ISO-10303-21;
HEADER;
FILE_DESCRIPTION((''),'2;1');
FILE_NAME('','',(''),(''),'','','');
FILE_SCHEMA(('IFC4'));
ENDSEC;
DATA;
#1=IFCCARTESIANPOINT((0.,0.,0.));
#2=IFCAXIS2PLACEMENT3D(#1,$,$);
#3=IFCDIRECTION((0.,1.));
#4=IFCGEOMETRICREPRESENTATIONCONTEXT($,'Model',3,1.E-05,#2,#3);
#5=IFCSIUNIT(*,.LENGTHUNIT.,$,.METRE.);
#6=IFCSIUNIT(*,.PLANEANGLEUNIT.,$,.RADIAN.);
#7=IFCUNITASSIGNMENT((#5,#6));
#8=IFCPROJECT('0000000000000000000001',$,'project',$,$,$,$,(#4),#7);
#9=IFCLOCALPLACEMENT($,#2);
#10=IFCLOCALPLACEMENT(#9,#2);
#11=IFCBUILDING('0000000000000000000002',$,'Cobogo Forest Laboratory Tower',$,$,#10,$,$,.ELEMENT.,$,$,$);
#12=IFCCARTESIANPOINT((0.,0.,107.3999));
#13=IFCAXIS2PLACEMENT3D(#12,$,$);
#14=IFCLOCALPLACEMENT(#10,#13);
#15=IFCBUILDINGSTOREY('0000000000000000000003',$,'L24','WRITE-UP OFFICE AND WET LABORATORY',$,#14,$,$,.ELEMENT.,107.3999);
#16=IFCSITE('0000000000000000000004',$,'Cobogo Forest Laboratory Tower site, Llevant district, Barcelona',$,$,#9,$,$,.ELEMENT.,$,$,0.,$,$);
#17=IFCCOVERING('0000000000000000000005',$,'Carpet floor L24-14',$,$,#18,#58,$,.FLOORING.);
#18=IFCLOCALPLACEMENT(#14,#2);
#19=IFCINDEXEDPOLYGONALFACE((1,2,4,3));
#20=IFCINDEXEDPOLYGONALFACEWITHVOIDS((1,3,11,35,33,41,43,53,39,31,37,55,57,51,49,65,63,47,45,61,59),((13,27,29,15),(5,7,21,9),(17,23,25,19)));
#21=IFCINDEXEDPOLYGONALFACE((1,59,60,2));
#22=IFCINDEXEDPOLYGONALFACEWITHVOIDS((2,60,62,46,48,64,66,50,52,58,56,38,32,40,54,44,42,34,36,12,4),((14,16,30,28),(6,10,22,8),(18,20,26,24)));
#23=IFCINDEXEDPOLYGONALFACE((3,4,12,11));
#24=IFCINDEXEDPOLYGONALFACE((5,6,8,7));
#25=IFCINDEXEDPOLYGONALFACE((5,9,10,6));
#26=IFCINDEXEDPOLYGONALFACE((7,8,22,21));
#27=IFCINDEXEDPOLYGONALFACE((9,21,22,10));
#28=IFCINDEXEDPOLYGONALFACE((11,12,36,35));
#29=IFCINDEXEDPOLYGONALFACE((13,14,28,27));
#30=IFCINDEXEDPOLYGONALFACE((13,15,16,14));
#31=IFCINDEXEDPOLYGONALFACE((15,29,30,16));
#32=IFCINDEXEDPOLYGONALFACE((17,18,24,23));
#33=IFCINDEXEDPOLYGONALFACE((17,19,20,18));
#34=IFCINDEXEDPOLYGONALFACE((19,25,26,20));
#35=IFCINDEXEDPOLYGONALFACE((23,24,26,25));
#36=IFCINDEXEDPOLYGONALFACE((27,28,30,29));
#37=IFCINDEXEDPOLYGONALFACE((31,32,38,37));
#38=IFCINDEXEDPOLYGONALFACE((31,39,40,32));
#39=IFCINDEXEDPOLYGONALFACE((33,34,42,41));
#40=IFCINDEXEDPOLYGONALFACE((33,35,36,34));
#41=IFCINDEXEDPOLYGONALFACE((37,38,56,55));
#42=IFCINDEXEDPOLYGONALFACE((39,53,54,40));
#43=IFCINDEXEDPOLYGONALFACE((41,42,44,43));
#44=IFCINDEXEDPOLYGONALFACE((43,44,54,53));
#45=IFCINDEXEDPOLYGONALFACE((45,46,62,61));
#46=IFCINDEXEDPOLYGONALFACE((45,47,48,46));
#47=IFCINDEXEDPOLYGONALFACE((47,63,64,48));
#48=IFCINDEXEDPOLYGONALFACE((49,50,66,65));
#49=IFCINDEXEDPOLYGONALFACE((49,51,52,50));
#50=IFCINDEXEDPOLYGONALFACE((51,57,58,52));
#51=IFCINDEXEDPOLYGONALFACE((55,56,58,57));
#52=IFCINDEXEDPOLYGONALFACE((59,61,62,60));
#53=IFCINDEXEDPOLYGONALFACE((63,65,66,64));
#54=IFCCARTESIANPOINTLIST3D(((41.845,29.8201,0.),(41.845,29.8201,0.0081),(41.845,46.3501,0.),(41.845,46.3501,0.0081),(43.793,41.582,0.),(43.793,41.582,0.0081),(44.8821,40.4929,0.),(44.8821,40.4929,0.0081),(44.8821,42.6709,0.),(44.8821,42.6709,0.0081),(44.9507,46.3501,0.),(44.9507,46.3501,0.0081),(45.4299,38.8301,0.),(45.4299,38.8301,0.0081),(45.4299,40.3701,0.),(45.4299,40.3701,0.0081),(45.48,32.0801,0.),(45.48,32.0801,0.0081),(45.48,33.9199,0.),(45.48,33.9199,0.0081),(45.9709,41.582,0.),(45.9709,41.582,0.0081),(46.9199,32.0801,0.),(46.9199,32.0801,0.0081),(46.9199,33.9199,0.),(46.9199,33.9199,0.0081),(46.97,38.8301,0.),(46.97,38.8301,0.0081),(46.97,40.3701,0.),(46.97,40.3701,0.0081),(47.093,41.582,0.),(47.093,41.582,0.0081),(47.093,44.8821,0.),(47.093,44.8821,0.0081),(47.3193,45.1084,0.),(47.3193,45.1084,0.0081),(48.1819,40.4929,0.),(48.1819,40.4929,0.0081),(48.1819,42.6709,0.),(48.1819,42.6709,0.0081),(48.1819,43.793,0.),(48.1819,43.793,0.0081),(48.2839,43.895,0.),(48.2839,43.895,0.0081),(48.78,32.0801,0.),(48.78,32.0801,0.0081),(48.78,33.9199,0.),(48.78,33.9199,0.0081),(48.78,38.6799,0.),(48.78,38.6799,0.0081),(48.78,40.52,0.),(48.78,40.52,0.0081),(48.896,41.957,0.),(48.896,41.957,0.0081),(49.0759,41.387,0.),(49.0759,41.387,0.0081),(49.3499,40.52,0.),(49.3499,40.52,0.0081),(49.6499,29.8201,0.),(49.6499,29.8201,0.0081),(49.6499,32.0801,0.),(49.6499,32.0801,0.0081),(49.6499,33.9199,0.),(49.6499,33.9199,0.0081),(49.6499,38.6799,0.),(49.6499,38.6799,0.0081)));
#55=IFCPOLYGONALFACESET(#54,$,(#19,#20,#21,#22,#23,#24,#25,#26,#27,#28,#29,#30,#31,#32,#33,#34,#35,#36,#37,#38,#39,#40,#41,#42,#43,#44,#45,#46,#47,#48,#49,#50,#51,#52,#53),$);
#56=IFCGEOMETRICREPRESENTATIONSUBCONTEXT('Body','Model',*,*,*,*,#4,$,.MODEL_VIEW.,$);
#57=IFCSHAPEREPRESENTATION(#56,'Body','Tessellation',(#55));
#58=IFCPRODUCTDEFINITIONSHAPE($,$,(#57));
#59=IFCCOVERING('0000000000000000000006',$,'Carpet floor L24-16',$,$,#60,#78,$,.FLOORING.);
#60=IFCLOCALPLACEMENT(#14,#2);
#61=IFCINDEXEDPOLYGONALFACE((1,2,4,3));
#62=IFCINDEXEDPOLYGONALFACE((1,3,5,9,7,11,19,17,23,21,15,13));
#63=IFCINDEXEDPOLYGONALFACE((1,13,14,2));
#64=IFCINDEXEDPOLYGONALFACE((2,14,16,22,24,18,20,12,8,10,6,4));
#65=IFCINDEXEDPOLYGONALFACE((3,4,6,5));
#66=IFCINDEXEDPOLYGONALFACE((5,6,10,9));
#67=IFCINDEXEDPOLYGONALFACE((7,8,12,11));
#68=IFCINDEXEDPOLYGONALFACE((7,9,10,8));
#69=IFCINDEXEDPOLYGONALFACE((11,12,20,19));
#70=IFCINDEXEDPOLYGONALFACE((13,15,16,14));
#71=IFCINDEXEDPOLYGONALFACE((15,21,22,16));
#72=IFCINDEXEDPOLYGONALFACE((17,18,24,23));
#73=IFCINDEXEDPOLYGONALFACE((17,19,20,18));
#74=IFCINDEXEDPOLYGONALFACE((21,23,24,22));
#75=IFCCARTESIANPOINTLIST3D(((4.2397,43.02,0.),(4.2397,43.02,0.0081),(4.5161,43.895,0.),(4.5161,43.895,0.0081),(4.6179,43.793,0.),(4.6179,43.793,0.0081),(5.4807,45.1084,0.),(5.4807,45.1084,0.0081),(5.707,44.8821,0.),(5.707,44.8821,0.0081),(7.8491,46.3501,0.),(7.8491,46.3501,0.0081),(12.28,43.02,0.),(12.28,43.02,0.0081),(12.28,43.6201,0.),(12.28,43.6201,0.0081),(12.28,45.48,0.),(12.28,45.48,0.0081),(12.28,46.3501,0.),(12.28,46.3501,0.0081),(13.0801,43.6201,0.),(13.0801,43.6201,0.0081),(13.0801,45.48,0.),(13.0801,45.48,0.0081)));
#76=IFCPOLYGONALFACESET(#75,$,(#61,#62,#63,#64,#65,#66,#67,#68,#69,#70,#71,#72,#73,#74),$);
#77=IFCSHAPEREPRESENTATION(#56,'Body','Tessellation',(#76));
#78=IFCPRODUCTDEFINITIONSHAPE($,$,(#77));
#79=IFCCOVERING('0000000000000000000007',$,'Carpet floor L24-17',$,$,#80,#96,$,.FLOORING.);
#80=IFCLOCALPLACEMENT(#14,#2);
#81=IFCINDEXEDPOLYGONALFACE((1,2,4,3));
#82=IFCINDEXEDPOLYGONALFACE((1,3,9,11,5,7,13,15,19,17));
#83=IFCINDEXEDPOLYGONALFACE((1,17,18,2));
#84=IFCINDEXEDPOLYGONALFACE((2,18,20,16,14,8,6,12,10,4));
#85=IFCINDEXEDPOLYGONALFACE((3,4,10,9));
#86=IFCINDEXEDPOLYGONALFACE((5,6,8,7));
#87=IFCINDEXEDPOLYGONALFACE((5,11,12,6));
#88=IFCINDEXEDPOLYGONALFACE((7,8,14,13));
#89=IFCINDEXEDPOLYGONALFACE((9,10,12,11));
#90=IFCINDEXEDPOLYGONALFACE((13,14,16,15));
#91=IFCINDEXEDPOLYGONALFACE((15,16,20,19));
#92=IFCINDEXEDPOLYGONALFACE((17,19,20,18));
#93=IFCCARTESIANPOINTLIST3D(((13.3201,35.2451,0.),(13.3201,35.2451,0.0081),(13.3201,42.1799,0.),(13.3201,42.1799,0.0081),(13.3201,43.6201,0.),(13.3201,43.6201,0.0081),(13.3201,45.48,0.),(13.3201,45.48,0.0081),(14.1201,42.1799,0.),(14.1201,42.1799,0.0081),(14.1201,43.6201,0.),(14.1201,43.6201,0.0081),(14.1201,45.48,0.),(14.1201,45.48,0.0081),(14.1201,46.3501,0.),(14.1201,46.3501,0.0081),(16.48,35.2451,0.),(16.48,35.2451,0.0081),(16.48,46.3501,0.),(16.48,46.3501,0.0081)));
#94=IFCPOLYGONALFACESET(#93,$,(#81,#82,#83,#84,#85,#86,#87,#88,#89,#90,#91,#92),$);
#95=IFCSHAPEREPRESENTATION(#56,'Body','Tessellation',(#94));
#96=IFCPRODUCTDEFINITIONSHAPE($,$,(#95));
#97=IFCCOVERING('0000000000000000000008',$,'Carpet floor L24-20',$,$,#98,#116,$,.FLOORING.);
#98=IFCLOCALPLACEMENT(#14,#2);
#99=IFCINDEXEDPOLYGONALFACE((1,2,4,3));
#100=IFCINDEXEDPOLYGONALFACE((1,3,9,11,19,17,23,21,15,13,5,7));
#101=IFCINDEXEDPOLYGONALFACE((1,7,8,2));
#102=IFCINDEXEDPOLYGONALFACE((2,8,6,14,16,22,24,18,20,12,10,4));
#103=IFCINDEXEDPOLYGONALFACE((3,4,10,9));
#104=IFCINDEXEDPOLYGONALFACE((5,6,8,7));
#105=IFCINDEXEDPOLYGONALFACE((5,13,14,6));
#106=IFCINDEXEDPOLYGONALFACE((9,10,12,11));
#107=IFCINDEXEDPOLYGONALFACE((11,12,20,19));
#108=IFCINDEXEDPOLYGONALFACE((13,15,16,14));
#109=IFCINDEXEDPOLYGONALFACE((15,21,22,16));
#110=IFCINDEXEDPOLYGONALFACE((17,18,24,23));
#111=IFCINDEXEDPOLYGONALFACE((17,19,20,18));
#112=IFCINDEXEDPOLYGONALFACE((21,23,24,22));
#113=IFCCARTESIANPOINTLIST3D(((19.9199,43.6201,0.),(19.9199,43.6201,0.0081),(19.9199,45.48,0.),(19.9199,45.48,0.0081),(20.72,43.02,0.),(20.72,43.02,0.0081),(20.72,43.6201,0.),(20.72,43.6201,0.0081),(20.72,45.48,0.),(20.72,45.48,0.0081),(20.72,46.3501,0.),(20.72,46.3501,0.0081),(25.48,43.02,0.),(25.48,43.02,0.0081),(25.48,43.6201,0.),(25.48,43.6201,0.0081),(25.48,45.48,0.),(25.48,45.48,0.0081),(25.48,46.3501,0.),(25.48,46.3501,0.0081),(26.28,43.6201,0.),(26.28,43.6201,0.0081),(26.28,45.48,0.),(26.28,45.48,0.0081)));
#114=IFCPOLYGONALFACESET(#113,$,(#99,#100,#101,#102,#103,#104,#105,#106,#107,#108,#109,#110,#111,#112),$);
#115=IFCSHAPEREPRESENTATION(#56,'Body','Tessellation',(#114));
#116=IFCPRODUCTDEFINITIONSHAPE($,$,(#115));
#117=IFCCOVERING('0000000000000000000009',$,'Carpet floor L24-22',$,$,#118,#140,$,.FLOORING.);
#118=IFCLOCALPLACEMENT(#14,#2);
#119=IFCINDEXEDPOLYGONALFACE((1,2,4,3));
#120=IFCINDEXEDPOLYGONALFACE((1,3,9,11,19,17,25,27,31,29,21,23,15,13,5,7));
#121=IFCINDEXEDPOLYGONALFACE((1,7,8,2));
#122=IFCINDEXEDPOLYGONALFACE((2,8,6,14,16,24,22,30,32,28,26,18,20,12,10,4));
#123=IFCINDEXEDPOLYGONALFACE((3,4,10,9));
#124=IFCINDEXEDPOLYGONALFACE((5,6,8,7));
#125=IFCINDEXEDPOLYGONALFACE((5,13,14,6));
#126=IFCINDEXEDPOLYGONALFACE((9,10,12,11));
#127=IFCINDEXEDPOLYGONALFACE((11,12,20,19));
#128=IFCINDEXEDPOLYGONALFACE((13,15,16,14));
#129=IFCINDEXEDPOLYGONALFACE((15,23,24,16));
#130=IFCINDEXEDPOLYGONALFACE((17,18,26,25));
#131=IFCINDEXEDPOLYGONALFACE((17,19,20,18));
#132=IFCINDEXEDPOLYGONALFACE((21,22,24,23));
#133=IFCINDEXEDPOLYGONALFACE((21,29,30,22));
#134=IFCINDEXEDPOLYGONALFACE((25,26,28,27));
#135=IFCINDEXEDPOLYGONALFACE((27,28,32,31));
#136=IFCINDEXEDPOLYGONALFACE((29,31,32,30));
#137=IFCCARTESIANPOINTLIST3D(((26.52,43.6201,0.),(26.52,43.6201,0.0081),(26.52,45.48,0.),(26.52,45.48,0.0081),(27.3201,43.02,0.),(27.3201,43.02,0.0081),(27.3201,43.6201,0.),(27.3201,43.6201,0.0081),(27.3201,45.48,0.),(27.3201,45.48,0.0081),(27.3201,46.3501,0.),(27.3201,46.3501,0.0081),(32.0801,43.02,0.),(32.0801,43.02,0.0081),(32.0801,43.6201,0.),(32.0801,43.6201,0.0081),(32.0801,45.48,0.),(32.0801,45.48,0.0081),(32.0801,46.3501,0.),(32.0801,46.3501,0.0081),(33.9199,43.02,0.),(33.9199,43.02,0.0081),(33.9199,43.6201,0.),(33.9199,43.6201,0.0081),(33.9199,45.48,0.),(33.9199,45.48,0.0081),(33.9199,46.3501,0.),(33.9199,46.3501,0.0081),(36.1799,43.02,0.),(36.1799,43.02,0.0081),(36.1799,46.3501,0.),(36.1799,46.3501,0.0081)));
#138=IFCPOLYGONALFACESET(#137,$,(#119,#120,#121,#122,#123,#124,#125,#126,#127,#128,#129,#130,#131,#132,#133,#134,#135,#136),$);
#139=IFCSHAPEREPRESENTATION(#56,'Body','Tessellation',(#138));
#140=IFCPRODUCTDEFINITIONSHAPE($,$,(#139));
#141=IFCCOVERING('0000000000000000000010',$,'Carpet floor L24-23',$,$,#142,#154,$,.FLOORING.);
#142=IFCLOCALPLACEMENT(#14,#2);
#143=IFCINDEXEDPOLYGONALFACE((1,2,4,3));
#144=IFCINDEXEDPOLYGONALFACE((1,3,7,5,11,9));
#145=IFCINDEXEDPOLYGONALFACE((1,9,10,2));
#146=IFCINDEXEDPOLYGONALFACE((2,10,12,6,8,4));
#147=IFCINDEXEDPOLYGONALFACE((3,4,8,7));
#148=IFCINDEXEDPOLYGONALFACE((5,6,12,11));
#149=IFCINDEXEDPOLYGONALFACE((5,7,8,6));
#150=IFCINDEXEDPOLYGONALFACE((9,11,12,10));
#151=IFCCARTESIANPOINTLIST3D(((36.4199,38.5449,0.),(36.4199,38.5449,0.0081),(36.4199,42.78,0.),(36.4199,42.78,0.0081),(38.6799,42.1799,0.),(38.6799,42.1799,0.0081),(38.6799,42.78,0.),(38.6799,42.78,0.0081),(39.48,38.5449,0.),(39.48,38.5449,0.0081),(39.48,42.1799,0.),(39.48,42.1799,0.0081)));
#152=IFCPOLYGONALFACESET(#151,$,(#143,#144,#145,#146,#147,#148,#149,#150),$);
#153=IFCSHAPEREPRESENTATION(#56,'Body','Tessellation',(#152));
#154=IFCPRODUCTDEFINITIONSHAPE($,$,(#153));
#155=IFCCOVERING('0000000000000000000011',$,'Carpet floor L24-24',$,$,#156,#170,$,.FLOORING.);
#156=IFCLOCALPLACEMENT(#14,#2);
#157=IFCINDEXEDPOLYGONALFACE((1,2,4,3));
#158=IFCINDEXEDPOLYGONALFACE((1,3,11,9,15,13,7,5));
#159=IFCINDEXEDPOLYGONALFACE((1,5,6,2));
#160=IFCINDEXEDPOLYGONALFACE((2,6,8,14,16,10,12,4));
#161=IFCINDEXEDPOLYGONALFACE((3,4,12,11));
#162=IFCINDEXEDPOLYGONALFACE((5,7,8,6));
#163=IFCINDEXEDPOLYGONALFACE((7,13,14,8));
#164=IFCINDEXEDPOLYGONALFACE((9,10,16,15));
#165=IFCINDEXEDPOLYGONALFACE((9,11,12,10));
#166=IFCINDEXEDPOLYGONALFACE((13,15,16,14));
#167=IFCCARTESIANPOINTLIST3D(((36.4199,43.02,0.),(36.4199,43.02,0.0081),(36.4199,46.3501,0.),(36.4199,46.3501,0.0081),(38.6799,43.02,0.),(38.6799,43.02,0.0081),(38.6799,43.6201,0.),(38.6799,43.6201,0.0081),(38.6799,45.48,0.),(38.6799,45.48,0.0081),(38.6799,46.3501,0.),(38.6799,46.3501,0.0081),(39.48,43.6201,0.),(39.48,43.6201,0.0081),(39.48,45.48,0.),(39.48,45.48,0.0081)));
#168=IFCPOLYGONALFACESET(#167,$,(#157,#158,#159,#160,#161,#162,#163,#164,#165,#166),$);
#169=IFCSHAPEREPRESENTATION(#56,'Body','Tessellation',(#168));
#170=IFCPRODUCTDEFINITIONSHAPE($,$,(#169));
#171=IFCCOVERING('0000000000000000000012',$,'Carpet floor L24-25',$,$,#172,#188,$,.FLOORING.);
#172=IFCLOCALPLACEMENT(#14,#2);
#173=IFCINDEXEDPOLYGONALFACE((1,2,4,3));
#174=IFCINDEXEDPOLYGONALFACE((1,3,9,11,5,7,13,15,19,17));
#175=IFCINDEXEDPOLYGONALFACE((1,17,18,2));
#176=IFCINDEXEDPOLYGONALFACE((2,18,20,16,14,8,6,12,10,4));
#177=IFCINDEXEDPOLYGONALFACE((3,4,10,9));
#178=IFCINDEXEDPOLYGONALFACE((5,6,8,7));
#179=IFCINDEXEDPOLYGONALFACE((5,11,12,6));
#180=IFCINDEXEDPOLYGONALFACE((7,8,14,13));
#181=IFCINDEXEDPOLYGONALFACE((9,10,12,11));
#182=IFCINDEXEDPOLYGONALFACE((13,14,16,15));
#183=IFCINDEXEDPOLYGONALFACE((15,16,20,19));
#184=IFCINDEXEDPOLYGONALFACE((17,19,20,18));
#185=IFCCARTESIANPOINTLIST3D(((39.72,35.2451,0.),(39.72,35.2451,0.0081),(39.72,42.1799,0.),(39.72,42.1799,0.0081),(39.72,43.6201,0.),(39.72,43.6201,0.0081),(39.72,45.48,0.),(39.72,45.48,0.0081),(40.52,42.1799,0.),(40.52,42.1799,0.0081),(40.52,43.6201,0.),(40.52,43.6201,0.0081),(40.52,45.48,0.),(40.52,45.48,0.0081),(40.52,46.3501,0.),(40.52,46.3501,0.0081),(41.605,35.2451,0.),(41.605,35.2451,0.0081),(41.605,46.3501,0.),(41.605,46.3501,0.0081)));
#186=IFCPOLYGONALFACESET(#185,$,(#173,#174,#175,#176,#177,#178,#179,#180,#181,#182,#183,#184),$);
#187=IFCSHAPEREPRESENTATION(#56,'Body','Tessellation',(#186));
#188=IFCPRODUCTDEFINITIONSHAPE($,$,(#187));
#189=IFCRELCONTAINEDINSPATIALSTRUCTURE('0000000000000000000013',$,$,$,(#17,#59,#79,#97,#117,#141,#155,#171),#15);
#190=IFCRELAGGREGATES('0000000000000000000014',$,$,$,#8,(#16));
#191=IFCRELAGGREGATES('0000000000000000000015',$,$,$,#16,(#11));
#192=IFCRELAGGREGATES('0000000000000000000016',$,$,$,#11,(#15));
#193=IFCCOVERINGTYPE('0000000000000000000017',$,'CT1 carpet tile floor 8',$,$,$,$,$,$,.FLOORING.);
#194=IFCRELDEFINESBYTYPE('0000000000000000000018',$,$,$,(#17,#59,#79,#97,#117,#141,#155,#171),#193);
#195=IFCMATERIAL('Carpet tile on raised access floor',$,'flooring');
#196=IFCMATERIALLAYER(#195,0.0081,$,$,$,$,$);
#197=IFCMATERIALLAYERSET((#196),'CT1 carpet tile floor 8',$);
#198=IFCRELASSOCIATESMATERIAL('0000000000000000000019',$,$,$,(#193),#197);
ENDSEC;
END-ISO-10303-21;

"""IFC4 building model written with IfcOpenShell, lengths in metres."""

from ifc_helpers import new_model, si_unit, direction, frame, origin, place, context, subcontext, project, spatial, polyline, outline, extrude, material, layer, layer_set, type_object, element, save


model = new_model("IFC4")

# Units and contexts
model_context = context("Model", 3, precision=1e-05, world=origin(), true_north=direction((0.0, 1.0)))
body_context = subcontext(model_context, "Body", "Model", "MODEL_VIEW")
ifc_project = project(units=[si_unit("LENGTHUNIT", "METRE"), si_unit("PLANEANGLEUNIT", "RADIAN")], contexts=[model_context])

# Site, building, storey
site_placement = place(None, origin())
site = spatial("IfcSite", under=ifc_project, at=site_placement, Name="Cobogo Forest Laboratory Tower site, Llevant district, Barcelona", CompositionType="ELEMENT", RefElevation=0.0)
building_placement = place(site_placement, origin())
building = spatial("IfcBuilding", under=site, at=building_placement, Name="Cobogo Forest Laboratory Tower", CompositionType="ELEMENT")
storey_placement = place(building_placement, frame((0.0, 0.0, 107.3999)))
storey = spatial("IfcBuildingStorey", under=building, at=storey_placement, Name="L24", Description="WRITE-UP OFFICE AND WET LABORATORY", CompositionType="ELEMENT", Elevation=107.3999)

# Coverings
ifc_material_1 = material(Name="Carpet tile on raised access floor", Category="flooring")
ifc_layer_1 = layer(ifc_material_1, 0.0081)
ifc_layer_set_1 = layer_set([ifc_layer_1], Name="CT1 carpet tile floor 8")
covering_type_1 = type_object("IfcCoveringType", Name="CT1 carpet tile floor 8", PredefinedType="FLOORING", material=ifc_layer_set_1)
covering_1_placement = place(storey_placement, origin())
element("IfcCovering", 1, at=covering_1_placement, inside=storey, type_object=covering_type_1, Name="Carpet floor L24-14", PredefinedType="FLOORING", context=body_context, shape_type="SweptSolid", body=[
    extrude(outline(polyline([(41.845, 46.3501), (44.9507, 46.3501), (47.3193, 45.1084), (47.093, 44.8821), (48.1819, 43.793), (48.2839, 43.895), (48.896, 41.957), (48.1819, 42.6709), (47.093, 41.582), (48.1819, 40.4929), (49.0759, 41.387), (49.3499, 40.52), (48.78, 40.52), (48.78, 38.6799), (49.6499, 38.6799), (49.6499, 33.9199), (48.78, 33.9199), (48.78, 32.0801), (49.6499, 32.0801), (49.6499, 29.8201), (41.845, 29.8201), (41.845, 46.3501)]), holes=[polyline([(45.4299, 40.3701), (45.4299, 38.8301), (46.97, 38.8301), (46.97, 40.3701), (45.4299, 40.3701)]), polyline([(46.9199, 32.0801), (46.9199, 33.9199), (45.48, 33.9199), (45.48, 32.0801), (46.9199, 32.0801)]), polyline([(43.793, 41.582), (44.8821, 40.4929), (45.9709, 41.582), (44.8821, 42.6709), (43.793, 41.582)])]), origin(), (0.0, 0.0, 1.0), 0.0081),
])
covering_2_placement = place(storey_placement, origin())
element("IfcCovering", 2, at=covering_2_placement, inside=storey, type_object=covering_type_1, Name="Carpet floor L24-16", PredefinedType="FLOORING", context=body_context, shape_type="SweptSolid", body=[
    extrude(outline(polyline([(4.2397, 43.02), (4.5161, 43.895), (4.6179, 43.793), (5.707, 44.8821), (5.4807, 45.1084), (7.8491, 46.3501), (12.28, 46.3501), (12.28, 45.48), (13.0801, 45.48), (13.0801, 43.6201), (12.28, 43.6201), (12.28, 43.02), (4.2397, 43.02)])), origin(), (0.0, 0.0, 1.0), 0.0081),
])
covering_3_placement = place(storey_placement, origin())
element("IfcCovering", 3, at=covering_3_placement, inside=storey, type_object=covering_type_1, Name="Carpet floor L24-17", PredefinedType="FLOORING", context=body_context, shape_type="SweptSolid", body=[
    extrude(outline(polyline([(13.3201, 35.2451), (13.3201, 42.1799), (14.1201, 42.1799), (14.1201, 43.6201), (13.3201, 43.6201), (13.3201, 45.48), (14.1201, 45.48), (14.1201, 46.3501), (16.48, 46.3501), (16.48, 35.2451), (13.3201, 35.2451)])), origin(), (0.0, 0.0, 1.0), 0.0081),
])
covering_4_placement = place(storey_placement, origin())
element("IfcCovering", 4, at=covering_4_placement, inside=storey, type_object=covering_type_1, Name="Carpet floor L24-20", PredefinedType="FLOORING", context=body_context, shape_type="SweptSolid", body=[
    extrude(outline(polyline([(20.72, 43.02), (20.72, 43.6201), (19.9199, 43.6201), (19.9199, 45.48), (20.72, 45.48), (20.72, 46.3501), (25.48, 46.3501), (25.48, 45.48), (26.28, 45.48), (26.28, 43.6201), (25.48, 43.6201), (25.48, 43.02), (20.72, 43.02)])), origin(), (0.0, 0.0, 1.0), 0.0081),
])
covering_5_placement = place(storey_placement, origin())
element("IfcCovering", 5, at=covering_5_placement, inside=storey, type_object=covering_type_1, Name="Carpet floor L24-22", PredefinedType="FLOORING", context=body_context, shape_type="SweptSolid", body=[
    extrude(outline(polyline([(33.9199, 43.02), (33.9199, 43.6201), (32.0801, 43.6201), (32.0801, 43.02), (27.3201, 43.02), (27.3201, 43.6201), (26.52, 43.6201), (26.52, 45.48), (27.3201, 45.48), (27.3201, 46.3501), (32.0801, 46.3501), (32.0801, 45.48), (33.9199, 45.48), (33.9199, 46.3501), (36.1799, 46.3501), (36.1799, 43.02), (33.9199, 43.02)])), origin(), (0.0, 0.0, 1.0), 0.0081),
])
covering_6_placement = place(storey_placement, origin())
element("IfcCovering", 6, at=covering_6_placement, inside=storey, type_object=covering_type_1, Name="Carpet floor L24-23", PredefinedType="FLOORING", context=body_context, shape_type="SweptSolid", body=[
    extrude(outline(polyline([(36.4199, 42.78), (38.6799, 42.78), (38.6799, 42.1799), (39.48, 42.1799), (39.48, 38.5449), (36.4199, 38.5449), (36.4199, 42.78)])), origin(), (0.0, 0.0, 1.0), 0.0081),
])
covering_7_placement = place(storey_placement, origin())
element("IfcCovering", 7, at=covering_7_placement, inside=storey, type_object=covering_type_1, Name="Carpet floor L24-24", PredefinedType="FLOORING", context=body_context, shape_type="SweptSolid", body=[
    extrude(outline(polyline([(36.4199, 43.02), (36.4199, 46.3501), (38.6799, 46.3501), (38.6799, 45.48), (39.48, 45.48), (39.48, 43.6201), (38.6799, 43.6201), (38.6799, 43.02), (36.4199, 43.02)])), origin(), (0.0, 0.0, 1.0), 0.0081),
])
covering_8_placement = place(storey_placement, origin())
element("IfcCovering", 8, at=covering_8_placement, inside=storey, type_object=covering_type_1, Name="Carpet floor L24-25", PredefinedType="FLOORING", context=body_context, shape_type="SweptSolid", body=[
    extrude(outline(polyline([(39.72, 35.2451), (39.72, 42.1799), (40.52, 42.1799), (40.52, 43.6201), (39.72, 43.6201), (39.72, 45.48), (40.52, 45.48), (40.52, 46.3501), (41.605, 46.3501), (41.605, 35.2451), (39.72, 35.2451)])), origin(), (0.0, 0.0, 1.0), 0.0081),
])

save(model, "model.ifc")
